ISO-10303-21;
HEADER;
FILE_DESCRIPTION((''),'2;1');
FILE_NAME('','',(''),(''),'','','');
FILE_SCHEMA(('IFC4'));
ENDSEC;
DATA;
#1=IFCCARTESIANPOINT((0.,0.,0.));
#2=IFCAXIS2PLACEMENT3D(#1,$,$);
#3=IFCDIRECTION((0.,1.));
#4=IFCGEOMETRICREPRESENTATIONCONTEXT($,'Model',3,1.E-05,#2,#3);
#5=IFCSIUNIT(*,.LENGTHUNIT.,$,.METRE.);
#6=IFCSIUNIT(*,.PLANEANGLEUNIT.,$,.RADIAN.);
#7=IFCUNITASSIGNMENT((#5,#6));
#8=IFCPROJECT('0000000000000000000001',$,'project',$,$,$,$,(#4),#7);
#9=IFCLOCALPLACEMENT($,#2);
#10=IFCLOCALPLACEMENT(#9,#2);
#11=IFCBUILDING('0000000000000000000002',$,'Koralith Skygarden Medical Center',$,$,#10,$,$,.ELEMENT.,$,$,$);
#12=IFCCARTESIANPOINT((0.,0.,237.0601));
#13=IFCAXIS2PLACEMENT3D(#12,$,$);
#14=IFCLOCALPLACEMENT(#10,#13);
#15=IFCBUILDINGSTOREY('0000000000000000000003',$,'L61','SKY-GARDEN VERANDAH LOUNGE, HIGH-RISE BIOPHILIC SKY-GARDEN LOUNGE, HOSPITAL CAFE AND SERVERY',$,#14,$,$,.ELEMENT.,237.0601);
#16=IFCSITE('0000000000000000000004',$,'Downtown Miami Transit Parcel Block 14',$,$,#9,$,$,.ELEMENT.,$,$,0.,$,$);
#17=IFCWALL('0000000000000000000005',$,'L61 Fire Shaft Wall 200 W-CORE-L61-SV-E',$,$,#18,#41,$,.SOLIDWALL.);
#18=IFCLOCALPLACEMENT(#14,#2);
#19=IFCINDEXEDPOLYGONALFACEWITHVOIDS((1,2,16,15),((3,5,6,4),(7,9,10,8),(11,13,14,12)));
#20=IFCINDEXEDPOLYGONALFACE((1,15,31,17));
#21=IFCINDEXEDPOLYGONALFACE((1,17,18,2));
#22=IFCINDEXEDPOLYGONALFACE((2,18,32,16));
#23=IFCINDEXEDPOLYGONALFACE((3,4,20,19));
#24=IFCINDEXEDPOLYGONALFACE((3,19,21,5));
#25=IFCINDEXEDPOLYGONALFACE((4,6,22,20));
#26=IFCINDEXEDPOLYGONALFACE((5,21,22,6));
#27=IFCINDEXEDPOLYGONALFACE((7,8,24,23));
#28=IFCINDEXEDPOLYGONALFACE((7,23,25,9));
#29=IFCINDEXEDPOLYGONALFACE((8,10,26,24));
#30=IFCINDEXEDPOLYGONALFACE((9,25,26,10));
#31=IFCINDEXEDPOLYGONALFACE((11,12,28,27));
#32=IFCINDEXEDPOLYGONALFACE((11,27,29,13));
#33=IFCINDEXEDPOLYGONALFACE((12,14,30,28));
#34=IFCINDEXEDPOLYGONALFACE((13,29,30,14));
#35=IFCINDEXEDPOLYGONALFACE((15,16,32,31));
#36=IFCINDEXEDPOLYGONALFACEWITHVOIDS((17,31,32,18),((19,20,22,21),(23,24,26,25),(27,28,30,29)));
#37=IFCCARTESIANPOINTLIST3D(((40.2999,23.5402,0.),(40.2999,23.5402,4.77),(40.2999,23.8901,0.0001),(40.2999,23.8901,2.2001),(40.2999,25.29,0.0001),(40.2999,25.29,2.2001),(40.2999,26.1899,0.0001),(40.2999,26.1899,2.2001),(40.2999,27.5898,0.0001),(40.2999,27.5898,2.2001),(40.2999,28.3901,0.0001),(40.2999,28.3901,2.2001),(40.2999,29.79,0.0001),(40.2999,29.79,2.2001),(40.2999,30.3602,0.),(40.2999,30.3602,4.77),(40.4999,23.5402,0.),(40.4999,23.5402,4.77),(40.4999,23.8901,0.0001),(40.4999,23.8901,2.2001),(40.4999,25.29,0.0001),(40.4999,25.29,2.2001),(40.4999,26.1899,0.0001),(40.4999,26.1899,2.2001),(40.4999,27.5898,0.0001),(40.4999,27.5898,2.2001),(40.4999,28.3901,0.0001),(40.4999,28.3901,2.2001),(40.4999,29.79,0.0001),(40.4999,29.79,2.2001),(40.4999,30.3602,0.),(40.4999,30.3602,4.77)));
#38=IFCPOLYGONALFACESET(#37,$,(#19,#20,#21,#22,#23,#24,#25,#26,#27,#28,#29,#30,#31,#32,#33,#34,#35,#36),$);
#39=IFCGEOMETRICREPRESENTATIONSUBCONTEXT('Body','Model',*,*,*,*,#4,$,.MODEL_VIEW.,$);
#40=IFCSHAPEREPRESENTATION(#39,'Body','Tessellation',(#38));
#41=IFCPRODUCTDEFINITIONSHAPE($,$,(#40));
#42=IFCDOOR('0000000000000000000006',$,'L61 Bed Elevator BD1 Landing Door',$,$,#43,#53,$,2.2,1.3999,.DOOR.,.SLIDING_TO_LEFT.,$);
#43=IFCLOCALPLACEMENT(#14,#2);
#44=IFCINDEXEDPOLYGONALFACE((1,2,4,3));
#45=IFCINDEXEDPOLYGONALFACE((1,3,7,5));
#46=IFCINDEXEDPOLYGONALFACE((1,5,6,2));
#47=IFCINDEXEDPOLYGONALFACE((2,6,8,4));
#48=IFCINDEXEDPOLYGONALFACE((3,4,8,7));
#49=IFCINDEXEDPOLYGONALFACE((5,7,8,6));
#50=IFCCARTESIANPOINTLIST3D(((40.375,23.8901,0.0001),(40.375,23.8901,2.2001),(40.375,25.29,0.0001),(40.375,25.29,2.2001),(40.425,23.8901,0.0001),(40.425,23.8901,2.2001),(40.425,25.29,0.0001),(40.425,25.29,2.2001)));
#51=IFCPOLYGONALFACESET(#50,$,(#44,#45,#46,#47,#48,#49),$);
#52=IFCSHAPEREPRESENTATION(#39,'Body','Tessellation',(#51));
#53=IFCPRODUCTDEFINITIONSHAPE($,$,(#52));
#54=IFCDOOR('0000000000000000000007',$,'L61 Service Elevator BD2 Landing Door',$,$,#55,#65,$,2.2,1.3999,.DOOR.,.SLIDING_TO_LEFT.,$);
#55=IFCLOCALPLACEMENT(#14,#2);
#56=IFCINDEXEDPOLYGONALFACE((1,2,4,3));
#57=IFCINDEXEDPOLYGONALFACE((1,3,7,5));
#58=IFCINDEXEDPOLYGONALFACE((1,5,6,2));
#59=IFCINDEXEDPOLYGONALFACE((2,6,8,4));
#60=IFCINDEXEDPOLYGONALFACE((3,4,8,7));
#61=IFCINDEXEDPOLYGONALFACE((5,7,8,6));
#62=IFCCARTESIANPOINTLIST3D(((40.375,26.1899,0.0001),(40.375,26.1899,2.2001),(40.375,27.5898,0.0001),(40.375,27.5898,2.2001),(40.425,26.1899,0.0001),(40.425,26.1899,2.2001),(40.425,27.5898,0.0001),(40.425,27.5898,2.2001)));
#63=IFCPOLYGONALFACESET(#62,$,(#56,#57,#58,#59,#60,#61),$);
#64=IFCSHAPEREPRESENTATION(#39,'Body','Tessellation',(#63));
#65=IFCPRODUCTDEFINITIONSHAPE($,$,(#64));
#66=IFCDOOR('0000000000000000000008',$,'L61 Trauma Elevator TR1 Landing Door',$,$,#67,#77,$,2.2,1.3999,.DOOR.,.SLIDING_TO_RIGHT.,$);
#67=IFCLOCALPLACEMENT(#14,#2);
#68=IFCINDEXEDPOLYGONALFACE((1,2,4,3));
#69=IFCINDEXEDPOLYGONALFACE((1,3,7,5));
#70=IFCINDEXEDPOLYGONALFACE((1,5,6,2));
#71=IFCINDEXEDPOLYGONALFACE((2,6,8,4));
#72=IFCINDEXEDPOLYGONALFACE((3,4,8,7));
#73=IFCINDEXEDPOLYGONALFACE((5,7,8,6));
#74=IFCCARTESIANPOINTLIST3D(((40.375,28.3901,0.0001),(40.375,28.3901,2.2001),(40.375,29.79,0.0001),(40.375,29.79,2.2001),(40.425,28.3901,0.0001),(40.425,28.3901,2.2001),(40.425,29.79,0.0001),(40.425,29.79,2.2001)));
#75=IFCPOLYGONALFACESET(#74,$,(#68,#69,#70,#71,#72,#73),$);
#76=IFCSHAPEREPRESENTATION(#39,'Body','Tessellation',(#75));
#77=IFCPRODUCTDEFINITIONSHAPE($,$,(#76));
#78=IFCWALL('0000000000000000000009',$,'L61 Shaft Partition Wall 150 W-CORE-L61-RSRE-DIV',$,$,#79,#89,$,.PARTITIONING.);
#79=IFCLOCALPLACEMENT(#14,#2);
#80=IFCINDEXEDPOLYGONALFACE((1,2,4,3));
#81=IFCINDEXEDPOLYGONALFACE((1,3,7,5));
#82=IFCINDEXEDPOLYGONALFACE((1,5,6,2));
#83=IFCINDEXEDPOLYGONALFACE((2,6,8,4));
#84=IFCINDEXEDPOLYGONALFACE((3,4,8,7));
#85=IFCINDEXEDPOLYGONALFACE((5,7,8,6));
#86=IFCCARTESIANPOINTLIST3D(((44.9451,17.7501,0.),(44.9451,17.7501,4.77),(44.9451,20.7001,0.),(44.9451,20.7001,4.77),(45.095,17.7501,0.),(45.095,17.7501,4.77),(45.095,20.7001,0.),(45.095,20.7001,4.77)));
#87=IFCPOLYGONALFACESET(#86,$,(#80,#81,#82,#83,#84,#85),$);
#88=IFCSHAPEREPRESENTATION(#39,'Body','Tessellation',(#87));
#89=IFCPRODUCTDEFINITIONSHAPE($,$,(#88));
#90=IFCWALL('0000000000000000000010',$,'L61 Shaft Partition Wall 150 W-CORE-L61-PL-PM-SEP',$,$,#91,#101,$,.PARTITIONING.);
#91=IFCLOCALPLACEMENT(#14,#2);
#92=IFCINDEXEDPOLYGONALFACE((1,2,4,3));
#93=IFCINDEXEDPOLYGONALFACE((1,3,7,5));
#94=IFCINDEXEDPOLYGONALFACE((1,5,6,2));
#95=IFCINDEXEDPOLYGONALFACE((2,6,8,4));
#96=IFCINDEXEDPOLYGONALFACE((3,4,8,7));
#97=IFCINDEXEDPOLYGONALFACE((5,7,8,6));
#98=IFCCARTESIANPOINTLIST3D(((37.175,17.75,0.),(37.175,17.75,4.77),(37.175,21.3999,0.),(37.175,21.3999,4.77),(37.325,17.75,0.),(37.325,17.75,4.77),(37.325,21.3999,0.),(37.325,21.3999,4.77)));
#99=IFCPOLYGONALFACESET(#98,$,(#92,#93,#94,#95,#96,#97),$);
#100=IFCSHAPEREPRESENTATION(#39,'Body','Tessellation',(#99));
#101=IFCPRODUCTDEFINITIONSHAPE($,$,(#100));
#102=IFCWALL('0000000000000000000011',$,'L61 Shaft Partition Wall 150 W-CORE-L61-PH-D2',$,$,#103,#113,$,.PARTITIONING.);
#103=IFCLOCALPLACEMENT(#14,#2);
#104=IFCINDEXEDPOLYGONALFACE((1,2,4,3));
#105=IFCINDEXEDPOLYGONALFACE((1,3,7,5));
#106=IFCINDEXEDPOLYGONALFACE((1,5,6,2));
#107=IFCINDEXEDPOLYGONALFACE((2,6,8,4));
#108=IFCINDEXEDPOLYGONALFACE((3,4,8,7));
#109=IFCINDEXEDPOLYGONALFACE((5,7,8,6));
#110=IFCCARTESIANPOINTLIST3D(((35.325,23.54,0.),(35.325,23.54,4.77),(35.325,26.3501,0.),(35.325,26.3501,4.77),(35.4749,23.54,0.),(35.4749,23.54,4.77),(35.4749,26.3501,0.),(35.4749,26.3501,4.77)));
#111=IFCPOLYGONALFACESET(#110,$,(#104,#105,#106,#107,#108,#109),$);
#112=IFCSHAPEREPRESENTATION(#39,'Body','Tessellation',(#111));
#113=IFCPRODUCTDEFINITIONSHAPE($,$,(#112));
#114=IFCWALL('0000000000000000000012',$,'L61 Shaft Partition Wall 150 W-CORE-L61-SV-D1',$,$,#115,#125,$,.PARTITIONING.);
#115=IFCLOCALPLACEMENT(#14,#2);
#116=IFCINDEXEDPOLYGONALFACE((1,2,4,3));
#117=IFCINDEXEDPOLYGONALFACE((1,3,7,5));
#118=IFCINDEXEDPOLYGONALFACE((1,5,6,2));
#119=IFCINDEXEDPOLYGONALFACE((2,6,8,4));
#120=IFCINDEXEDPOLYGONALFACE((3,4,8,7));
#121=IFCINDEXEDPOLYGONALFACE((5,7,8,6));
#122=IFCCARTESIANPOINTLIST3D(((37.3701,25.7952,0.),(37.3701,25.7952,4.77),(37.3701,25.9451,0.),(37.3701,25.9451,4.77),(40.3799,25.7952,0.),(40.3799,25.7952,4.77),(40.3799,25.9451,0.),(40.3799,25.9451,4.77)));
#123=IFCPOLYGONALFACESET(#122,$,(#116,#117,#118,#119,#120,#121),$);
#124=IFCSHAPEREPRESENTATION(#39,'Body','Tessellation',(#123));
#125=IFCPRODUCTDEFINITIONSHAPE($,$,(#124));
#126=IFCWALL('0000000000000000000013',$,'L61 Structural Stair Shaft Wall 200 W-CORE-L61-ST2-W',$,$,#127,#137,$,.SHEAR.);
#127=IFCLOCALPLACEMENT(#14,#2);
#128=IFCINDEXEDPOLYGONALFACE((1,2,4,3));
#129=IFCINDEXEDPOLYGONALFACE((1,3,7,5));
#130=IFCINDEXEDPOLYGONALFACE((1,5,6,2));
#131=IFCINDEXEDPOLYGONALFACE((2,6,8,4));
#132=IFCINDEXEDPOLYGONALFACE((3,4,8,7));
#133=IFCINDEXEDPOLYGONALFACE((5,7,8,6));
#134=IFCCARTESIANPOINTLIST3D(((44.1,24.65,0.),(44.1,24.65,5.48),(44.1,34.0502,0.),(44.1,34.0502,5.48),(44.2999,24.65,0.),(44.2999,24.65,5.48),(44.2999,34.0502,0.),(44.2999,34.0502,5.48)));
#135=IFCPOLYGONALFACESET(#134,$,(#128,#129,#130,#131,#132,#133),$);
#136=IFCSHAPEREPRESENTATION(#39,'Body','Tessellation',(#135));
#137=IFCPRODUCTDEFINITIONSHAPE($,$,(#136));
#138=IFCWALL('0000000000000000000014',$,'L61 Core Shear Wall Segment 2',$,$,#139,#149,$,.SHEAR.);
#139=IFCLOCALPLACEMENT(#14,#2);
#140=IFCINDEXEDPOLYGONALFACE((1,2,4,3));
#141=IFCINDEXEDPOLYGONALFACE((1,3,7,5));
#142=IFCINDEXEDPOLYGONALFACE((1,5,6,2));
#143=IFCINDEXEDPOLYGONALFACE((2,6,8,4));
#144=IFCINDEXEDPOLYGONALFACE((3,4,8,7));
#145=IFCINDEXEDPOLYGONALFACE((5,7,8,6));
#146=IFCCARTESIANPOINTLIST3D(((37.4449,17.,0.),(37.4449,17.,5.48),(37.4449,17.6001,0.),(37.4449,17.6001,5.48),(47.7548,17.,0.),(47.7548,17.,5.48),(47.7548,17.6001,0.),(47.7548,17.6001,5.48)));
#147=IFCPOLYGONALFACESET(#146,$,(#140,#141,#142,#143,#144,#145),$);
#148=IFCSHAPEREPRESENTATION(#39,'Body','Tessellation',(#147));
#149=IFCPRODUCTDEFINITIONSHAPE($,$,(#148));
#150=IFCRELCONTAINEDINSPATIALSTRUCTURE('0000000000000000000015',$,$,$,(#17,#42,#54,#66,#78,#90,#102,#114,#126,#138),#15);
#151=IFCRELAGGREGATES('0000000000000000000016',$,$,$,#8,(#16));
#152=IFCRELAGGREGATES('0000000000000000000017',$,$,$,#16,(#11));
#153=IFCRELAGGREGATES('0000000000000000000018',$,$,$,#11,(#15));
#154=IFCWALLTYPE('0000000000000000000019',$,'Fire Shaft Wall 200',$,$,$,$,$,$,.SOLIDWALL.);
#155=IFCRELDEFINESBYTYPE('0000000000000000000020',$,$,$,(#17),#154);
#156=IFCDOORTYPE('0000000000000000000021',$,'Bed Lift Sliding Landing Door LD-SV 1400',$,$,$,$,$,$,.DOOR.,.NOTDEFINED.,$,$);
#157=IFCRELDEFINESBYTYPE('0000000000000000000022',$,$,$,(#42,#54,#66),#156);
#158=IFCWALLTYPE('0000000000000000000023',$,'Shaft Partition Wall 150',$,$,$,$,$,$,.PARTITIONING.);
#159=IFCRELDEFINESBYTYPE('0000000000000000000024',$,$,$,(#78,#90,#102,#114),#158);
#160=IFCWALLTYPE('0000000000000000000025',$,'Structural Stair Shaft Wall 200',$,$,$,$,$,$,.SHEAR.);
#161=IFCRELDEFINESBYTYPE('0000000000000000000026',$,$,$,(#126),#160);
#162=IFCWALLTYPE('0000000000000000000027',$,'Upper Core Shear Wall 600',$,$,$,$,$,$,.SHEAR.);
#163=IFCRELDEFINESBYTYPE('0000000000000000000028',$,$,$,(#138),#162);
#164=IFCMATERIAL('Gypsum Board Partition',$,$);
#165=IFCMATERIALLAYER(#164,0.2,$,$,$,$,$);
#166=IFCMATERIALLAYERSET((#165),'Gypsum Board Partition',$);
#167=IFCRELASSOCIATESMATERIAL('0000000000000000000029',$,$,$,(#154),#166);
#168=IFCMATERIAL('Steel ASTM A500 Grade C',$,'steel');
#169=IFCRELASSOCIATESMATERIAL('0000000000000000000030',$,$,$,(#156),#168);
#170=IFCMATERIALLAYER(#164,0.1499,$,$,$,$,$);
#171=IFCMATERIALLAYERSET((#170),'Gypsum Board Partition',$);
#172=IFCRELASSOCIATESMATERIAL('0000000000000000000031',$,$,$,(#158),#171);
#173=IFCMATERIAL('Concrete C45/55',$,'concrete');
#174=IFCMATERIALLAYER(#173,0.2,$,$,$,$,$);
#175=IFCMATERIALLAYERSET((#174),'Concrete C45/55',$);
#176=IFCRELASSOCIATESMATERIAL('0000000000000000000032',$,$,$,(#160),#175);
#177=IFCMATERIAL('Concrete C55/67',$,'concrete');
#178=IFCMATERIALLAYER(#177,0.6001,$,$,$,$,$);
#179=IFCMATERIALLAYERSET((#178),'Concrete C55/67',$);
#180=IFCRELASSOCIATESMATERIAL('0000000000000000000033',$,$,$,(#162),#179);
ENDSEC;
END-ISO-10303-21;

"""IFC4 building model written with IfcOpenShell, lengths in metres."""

from ifc_helpers import new_model, si_unit, direction, frame, frame_2d, origin, place, context, subcontext, project, spatial, rectangle, extrude, material, layer, layer_set, type_object, element, fill, save


model = new_model("IFC4")

# Units and contexts
model_context = context("Model", 3, precision=1e-05, world=origin(), true_north=direction((0.0, 1.0)))
body_context = subcontext(model_context, "Body", "Model", "MODEL_VIEW")
ifc_project = project(units=[si_unit("LENGTHUNIT", "METRE"), si_unit("PLANEANGLEUNIT", "RADIAN")], contexts=[model_context])

# Site, building, storey
site_placement = place(None, origin())
site = spatial("IfcSite", under=ifc_project, at=site_placement, Name="Downtown Miami Transit Parcel Block 14", CompositionType="ELEMENT", RefElevation=0.0)
building_placement = place(site_placement, origin())
building = spatial("IfcBuilding", under=site, at=building_placement, Name="Koralith Skygarden Medical Center", CompositionType="ELEMENT")
storey_placement = place(building_placement, frame((0.0, 0.0, 237.0601)))
storey = spatial("IfcBuildingStorey", under=building, at=storey_placement, Name="L61", Description="SKY-GARDEN VERANDAH LOUNGE, HIGH-RISE BIOPHILIC SKY-GARDEN LOUNGE, HOSPITAL CAFE AND SERVERY", CompositionType="ELEMENT", Elevation=237.0601)

# Shared definitions
ifc_material_1 = material(Name="Concrete C55/67", Category="concrete")

# Shared definitions
ifc_material_2 = material(Name="Gypsum Board Partition")

# Shared definitions
ifc_layer_1 = layer(ifc_material_2, 0.2)
ifc_layer_set_1 = layer_set([ifc_layer_1], Name="Gypsum Board Partition")
wall_type_1 = type_object("IfcWallType", Name="Fire Shaft Wall 200", PredefinedType="SOLIDWALL", material=ifc_layer_set_1)
ifc_material_3 = material(Name="Steel ASTM A500 Grade C", Category="steel")

# Wall, openings, doors
wall_1_placement = place(storey_placement, frame((40.3999, 23.54, 0.0), z_axis=(0.0, 0.0, 1.0), x_axis=(0.0, 1.0, 0.0)))
wall_1 = element("IfcWall", 1, at=wall_1_placement, inside=storey, type_object=wall_type_1, Name="L61 Fire Shaft Wall 200 W-CORE-L61-SV-E", PredefinedType="SOLIDWALL", context=body_context, shape_type="SweptSolid", body=[
    extrude(rectangle(XDim=6.8201, YDim=0.2, at=frame_2d((3.4102, 0.0))), origin(), (0.0, 0.0, 1.0), 4.77),
])
opening_1_placement = place(wall_1_placement, frame((0.3501, 0.0, 0.0)))
opening_1 = element("IfcOpeningElement", 2, at=opening_1_placement, cuts=wall_1, PredefinedType="OPENING", context=body_context, shape_type="SweptSolid", body=[
    extrude(rectangle(XDim=1.3999, YDim=2.2, at=frame_2d((0.7, 1.1001))), frame((0.0, 0.1099, 0.0), z_axis=(0.0, -1.0, 0.0), x_axis=(1.0, 0.0, 0.0)), (0.0, 0.0, 1.0), 0.22),
])
opening_2_placement = place(wall_1_placement, frame((2.6499, 0.0, 0.0)))
opening_2 = element("IfcOpeningElement", 3, at=opening_2_placement, cuts=wall_1, PredefinedType="OPENING", context=body_context, shape_type="SweptSolid", body=[
    extrude(rectangle(XDim=1.3999, YDim=2.2, at=frame_2d((0.7, 1.1001))), frame((0.0, 0.1099, 0.0), z_axis=(0.0, -1.0, 0.0), x_axis=(1.0, 0.0, 0.0)), (0.0, 0.0, 1.0), 0.22),
])
opening_3_placement = place(wall_1_placement, frame((4.8501, 0.0, 0.0)))
opening_3 = element("IfcOpeningElement", 4, at=opening_3_placement, cuts=wall_1, PredefinedType="OPENING", context=body_context, shape_type="SweptSolid", body=[
    extrude(rectangle(XDim=1.3999, YDim=2.2, at=frame_2d((0.7, 1.1001))), frame((0.0, 0.1099, 0.0), z_axis=(0.0, -1.0, 0.0), x_axis=(1.0, 0.0, 0.0)), (0.0, 0.0, 1.0), 0.22),
])
door_type_1 = type_object("IfcDoorType", Name="Bed Lift Sliding Landing Door LD-SV 1400", OperationType="NOTDEFINED", PredefinedType="DOOR", material=ifc_material_3)
door_1_placement = place(opening_1_placement, origin())
door_1 = element("IfcDoor", 5, at=door_1_placement, inside=storey, type_object=door_type_1, Name="L61 Bed Elevator BD1 Landing Door", OperationType="SLIDING_TO_LEFT", OverallHeight=2.2, OverallWidth=1.3999, PredefinedType="DOOR", context=body_context, shape_type="SweptSolid", body=[
    extrude(rectangle(XDim=1.3999, YDim=2.2, at=frame_2d((0.7, 1.1001))), frame((0.0, 0.0249, 0.0), z_axis=(0.0, -1.0, 0.0), x_axis=(1.0, 0.0, 0.0)), (0.0, 0.0, 1.0), 0.05),
])
fill(opening_1, door_1)
door_2_placement = place(opening_2_placement, origin())
door_2 = element("IfcDoor", 6, at=door_2_placement, inside=storey, type_object=door_type_1, Name="L61 Service Elevator BD2 Landing Door", OperationType="SLIDING_TO_LEFT", OverallHeight=2.2, OverallWidth=1.3999, PredefinedType="DOOR", context=body_context, shape_type="SweptSolid", body=[
    extrude(rectangle(XDim=1.3999, YDim=2.2, at=frame_2d((0.7, 1.1001))), frame((0.0, 0.0249, 0.0), z_axis=(0.0, -1.0, 0.0), x_axis=(1.0, 0.0, 0.0)), (0.0, 0.0, 1.0), 0.05),
])
fill(opening_2, door_2)
door_3_placement = place(opening_3_placement, origin())
door_3 = element("IfcDoor", 7, at=door_3_placement, inside=storey, type_object=door_type_1, Name="L61 Trauma Elevator TR1 Landing Door", OperationType="SLIDING_TO_RIGHT", OverallHeight=2.2, OverallWidth=1.3999, PredefinedType="DOOR", context=body_context, shape_type="SweptSolid", body=[
    extrude(rectangle(XDim=1.3999, YDim=2.2, at=frame_2d((0.7, 1.1001))), frame((0.0, 0.0249, 0.0), z_axis=(0.0, -1.0, 0.0), x_axis=(1.0, 0.0, 0.0)), (0.0, 0.0, 1.0), 0.05),
])
fill(opening_3, door_3)

# Walls
ifc_layer_2 = layer(ifc_material_2, 0.1499)
ifc_layer_set_2 = layer_set([ifc_layer_2], Name="Gypsum Board Partition")
wall_type_2 = type_object("IfcWallType", Name="Shaft Partition Wall 150", PredefinedType="PARTITIONING", material=ifc_layer_set_2)
wall_2_placement = place(storey_placement, frame((45.02, 17.75, 0.0), z_axis=(0.0, 0.0, 1.0), x_axis=(0.0, 1.0, 0.0)))
element("IfcWall", 8, at=wall_2_placement, inside=storey, type_object=wall_type_2, Name="L61 Shaft Partition Wall 150 W-CORE-L61-RSRE-DIV", PredefinedType="PARTITIONING", context=body_context, shape_type="SweptSolid", body=[
    extrude(rectangle(XDim=2.95, YDim=0.1499, at=frame_2d((1.4751, 0.0))), origin(), (0.0, 0.0, 1.0), 4.77),
])
wall_3_placement = place(storey_placement, frame((37.25, 17.75, 0.0), z_axis=(0.0, 0.0, 1.0), x_axis=(0.0, 1.0, 0.0)))
element("IfcWall", 9, at=wall_3_placement, inside=storey, type_object=wall_type_2, Name="L61 Shaft Partition Wall 150 W-CORE-L61-PL-PM-SEP", PredefinedType="PARTITIONING", context=body_context, shape_type="SweptSolid", body=[
    extrude(rectangle(XDim=3.6499, YDim=0.1499, at=frame_2d((1.825, 0.0))), origin(), (0.0, 0.0, 1.0), 4.77),
])
wall_4_placement = place(storey_placement, frame((35.3999, 23.54, 0.0), z_axis=(0.0, 0.0, 1.0), x_axis=(0.0, 1.0, 0.0)))
element("IfcWall", 10, at=wall_4_placement, inside=storey, type_object=wall_type_2, Name="L61 Shaft Partition Wall 150 W-CORE-L61-PH-D2", PredefinedType="PARTITIONING", context=body_context, shape_type="SweptSolid", body=[
    extrude(rectangle(XDim=2.8101, YDim=0.1499, at=frame_2d((1.405, 0.0))), origin(), (0.0, 0.0, 1.0), 4.77),
])
wall_5_placement = place(storey_placement, frame((37.3701, 25.8701, 0.0), z_axis=(0.0, 0.0, 1.0), x_axis=(1.0, 0.0, 0.0)))
element("IfcWall", 11, at=wall_5_placement, inside=storey, type_object=wall_type_2, Name="L61 Shaft Partition Wall 150 W-CORE-L61-SV-D1", PredefinedType="PARTITIONING", context=body_context, shape_type="SweptSolid", body=[
    extrude(rectangle(XDim=3.0098, YDim=0.1499, at=frame_2d((1.5049, 0.0))), origin(), (0.0, 0.0, 1.0), 4.77),
])
ifc_material_4 = material(Name="Concrete C45/55", Category="concrete")
ifc_layer_3 = layer(ifc_material_4, 0.2)
ifc_layer_set_3 = layer_set([ifc_layer_3], Name="Concrete C45/55")
wall_type_3 = type_object("IfcWallType", Name="Structural Stair Shaft Wall 200", PredefinedType="SHEAR", material=ifc_layer_set_3)
wall_6_placement = place(storey_placement, frame((44.2, 24.6499, 0.0), z_axis=(0.0, 0.0, 1.0), x_axis=(0.0, 1.0, 0.0)))
element("IfcWall", 12, at=wall_6_placement, inside=storey, type_object=wall_type_3, Name="L61 Structural Stair Shaft Wall 200 W-CORE-L61-ST2-W", PredefinedType="SHEAR", context=body_context, shape_type="SweptSolid", body=[
    extrude(rectangle(XDim=9.4001, YDim=0.2, at=frame_2d((4.7002, 0.0))), origin(), (0.0, 0.0, 1.0), 5.48),
])

# Wall
ifc_layer_4 = layer(ifc_material_1, 0.6001)
ifc_layer_set_4 = layer_set([ifc_layer_4], Name="Concrete C55/67")
wall_type_4 = type_object("IfcWallType", Name="Upper Core Shear Wall 600", PredefinedType="SHEAR", material=ifc_layer_set_4)
wall_7_placement = place(storey_placement, frame((37.4451, 17.3, 0.0), z_axis=(0.0, 0.0, 1.0), x_axis=(1.0, 0.0, 0.0)))
element("IfcWall", 13, at=wall_7_placement, inside=storey, type_object=wall_type_4, Name="L61 Core Shear Wall Segment 2", PredefinedType="SHEAR", context=body_context, shape_type="SweptSolid", body=[
    extrude(rectangle(XDim=10.3098, YDim=0.6001, at=frame_2d((5.1548, 0.0))), origin(), (0.0, 0.0, 1.0), 5.48),
])

save(model, "model.ifc")
